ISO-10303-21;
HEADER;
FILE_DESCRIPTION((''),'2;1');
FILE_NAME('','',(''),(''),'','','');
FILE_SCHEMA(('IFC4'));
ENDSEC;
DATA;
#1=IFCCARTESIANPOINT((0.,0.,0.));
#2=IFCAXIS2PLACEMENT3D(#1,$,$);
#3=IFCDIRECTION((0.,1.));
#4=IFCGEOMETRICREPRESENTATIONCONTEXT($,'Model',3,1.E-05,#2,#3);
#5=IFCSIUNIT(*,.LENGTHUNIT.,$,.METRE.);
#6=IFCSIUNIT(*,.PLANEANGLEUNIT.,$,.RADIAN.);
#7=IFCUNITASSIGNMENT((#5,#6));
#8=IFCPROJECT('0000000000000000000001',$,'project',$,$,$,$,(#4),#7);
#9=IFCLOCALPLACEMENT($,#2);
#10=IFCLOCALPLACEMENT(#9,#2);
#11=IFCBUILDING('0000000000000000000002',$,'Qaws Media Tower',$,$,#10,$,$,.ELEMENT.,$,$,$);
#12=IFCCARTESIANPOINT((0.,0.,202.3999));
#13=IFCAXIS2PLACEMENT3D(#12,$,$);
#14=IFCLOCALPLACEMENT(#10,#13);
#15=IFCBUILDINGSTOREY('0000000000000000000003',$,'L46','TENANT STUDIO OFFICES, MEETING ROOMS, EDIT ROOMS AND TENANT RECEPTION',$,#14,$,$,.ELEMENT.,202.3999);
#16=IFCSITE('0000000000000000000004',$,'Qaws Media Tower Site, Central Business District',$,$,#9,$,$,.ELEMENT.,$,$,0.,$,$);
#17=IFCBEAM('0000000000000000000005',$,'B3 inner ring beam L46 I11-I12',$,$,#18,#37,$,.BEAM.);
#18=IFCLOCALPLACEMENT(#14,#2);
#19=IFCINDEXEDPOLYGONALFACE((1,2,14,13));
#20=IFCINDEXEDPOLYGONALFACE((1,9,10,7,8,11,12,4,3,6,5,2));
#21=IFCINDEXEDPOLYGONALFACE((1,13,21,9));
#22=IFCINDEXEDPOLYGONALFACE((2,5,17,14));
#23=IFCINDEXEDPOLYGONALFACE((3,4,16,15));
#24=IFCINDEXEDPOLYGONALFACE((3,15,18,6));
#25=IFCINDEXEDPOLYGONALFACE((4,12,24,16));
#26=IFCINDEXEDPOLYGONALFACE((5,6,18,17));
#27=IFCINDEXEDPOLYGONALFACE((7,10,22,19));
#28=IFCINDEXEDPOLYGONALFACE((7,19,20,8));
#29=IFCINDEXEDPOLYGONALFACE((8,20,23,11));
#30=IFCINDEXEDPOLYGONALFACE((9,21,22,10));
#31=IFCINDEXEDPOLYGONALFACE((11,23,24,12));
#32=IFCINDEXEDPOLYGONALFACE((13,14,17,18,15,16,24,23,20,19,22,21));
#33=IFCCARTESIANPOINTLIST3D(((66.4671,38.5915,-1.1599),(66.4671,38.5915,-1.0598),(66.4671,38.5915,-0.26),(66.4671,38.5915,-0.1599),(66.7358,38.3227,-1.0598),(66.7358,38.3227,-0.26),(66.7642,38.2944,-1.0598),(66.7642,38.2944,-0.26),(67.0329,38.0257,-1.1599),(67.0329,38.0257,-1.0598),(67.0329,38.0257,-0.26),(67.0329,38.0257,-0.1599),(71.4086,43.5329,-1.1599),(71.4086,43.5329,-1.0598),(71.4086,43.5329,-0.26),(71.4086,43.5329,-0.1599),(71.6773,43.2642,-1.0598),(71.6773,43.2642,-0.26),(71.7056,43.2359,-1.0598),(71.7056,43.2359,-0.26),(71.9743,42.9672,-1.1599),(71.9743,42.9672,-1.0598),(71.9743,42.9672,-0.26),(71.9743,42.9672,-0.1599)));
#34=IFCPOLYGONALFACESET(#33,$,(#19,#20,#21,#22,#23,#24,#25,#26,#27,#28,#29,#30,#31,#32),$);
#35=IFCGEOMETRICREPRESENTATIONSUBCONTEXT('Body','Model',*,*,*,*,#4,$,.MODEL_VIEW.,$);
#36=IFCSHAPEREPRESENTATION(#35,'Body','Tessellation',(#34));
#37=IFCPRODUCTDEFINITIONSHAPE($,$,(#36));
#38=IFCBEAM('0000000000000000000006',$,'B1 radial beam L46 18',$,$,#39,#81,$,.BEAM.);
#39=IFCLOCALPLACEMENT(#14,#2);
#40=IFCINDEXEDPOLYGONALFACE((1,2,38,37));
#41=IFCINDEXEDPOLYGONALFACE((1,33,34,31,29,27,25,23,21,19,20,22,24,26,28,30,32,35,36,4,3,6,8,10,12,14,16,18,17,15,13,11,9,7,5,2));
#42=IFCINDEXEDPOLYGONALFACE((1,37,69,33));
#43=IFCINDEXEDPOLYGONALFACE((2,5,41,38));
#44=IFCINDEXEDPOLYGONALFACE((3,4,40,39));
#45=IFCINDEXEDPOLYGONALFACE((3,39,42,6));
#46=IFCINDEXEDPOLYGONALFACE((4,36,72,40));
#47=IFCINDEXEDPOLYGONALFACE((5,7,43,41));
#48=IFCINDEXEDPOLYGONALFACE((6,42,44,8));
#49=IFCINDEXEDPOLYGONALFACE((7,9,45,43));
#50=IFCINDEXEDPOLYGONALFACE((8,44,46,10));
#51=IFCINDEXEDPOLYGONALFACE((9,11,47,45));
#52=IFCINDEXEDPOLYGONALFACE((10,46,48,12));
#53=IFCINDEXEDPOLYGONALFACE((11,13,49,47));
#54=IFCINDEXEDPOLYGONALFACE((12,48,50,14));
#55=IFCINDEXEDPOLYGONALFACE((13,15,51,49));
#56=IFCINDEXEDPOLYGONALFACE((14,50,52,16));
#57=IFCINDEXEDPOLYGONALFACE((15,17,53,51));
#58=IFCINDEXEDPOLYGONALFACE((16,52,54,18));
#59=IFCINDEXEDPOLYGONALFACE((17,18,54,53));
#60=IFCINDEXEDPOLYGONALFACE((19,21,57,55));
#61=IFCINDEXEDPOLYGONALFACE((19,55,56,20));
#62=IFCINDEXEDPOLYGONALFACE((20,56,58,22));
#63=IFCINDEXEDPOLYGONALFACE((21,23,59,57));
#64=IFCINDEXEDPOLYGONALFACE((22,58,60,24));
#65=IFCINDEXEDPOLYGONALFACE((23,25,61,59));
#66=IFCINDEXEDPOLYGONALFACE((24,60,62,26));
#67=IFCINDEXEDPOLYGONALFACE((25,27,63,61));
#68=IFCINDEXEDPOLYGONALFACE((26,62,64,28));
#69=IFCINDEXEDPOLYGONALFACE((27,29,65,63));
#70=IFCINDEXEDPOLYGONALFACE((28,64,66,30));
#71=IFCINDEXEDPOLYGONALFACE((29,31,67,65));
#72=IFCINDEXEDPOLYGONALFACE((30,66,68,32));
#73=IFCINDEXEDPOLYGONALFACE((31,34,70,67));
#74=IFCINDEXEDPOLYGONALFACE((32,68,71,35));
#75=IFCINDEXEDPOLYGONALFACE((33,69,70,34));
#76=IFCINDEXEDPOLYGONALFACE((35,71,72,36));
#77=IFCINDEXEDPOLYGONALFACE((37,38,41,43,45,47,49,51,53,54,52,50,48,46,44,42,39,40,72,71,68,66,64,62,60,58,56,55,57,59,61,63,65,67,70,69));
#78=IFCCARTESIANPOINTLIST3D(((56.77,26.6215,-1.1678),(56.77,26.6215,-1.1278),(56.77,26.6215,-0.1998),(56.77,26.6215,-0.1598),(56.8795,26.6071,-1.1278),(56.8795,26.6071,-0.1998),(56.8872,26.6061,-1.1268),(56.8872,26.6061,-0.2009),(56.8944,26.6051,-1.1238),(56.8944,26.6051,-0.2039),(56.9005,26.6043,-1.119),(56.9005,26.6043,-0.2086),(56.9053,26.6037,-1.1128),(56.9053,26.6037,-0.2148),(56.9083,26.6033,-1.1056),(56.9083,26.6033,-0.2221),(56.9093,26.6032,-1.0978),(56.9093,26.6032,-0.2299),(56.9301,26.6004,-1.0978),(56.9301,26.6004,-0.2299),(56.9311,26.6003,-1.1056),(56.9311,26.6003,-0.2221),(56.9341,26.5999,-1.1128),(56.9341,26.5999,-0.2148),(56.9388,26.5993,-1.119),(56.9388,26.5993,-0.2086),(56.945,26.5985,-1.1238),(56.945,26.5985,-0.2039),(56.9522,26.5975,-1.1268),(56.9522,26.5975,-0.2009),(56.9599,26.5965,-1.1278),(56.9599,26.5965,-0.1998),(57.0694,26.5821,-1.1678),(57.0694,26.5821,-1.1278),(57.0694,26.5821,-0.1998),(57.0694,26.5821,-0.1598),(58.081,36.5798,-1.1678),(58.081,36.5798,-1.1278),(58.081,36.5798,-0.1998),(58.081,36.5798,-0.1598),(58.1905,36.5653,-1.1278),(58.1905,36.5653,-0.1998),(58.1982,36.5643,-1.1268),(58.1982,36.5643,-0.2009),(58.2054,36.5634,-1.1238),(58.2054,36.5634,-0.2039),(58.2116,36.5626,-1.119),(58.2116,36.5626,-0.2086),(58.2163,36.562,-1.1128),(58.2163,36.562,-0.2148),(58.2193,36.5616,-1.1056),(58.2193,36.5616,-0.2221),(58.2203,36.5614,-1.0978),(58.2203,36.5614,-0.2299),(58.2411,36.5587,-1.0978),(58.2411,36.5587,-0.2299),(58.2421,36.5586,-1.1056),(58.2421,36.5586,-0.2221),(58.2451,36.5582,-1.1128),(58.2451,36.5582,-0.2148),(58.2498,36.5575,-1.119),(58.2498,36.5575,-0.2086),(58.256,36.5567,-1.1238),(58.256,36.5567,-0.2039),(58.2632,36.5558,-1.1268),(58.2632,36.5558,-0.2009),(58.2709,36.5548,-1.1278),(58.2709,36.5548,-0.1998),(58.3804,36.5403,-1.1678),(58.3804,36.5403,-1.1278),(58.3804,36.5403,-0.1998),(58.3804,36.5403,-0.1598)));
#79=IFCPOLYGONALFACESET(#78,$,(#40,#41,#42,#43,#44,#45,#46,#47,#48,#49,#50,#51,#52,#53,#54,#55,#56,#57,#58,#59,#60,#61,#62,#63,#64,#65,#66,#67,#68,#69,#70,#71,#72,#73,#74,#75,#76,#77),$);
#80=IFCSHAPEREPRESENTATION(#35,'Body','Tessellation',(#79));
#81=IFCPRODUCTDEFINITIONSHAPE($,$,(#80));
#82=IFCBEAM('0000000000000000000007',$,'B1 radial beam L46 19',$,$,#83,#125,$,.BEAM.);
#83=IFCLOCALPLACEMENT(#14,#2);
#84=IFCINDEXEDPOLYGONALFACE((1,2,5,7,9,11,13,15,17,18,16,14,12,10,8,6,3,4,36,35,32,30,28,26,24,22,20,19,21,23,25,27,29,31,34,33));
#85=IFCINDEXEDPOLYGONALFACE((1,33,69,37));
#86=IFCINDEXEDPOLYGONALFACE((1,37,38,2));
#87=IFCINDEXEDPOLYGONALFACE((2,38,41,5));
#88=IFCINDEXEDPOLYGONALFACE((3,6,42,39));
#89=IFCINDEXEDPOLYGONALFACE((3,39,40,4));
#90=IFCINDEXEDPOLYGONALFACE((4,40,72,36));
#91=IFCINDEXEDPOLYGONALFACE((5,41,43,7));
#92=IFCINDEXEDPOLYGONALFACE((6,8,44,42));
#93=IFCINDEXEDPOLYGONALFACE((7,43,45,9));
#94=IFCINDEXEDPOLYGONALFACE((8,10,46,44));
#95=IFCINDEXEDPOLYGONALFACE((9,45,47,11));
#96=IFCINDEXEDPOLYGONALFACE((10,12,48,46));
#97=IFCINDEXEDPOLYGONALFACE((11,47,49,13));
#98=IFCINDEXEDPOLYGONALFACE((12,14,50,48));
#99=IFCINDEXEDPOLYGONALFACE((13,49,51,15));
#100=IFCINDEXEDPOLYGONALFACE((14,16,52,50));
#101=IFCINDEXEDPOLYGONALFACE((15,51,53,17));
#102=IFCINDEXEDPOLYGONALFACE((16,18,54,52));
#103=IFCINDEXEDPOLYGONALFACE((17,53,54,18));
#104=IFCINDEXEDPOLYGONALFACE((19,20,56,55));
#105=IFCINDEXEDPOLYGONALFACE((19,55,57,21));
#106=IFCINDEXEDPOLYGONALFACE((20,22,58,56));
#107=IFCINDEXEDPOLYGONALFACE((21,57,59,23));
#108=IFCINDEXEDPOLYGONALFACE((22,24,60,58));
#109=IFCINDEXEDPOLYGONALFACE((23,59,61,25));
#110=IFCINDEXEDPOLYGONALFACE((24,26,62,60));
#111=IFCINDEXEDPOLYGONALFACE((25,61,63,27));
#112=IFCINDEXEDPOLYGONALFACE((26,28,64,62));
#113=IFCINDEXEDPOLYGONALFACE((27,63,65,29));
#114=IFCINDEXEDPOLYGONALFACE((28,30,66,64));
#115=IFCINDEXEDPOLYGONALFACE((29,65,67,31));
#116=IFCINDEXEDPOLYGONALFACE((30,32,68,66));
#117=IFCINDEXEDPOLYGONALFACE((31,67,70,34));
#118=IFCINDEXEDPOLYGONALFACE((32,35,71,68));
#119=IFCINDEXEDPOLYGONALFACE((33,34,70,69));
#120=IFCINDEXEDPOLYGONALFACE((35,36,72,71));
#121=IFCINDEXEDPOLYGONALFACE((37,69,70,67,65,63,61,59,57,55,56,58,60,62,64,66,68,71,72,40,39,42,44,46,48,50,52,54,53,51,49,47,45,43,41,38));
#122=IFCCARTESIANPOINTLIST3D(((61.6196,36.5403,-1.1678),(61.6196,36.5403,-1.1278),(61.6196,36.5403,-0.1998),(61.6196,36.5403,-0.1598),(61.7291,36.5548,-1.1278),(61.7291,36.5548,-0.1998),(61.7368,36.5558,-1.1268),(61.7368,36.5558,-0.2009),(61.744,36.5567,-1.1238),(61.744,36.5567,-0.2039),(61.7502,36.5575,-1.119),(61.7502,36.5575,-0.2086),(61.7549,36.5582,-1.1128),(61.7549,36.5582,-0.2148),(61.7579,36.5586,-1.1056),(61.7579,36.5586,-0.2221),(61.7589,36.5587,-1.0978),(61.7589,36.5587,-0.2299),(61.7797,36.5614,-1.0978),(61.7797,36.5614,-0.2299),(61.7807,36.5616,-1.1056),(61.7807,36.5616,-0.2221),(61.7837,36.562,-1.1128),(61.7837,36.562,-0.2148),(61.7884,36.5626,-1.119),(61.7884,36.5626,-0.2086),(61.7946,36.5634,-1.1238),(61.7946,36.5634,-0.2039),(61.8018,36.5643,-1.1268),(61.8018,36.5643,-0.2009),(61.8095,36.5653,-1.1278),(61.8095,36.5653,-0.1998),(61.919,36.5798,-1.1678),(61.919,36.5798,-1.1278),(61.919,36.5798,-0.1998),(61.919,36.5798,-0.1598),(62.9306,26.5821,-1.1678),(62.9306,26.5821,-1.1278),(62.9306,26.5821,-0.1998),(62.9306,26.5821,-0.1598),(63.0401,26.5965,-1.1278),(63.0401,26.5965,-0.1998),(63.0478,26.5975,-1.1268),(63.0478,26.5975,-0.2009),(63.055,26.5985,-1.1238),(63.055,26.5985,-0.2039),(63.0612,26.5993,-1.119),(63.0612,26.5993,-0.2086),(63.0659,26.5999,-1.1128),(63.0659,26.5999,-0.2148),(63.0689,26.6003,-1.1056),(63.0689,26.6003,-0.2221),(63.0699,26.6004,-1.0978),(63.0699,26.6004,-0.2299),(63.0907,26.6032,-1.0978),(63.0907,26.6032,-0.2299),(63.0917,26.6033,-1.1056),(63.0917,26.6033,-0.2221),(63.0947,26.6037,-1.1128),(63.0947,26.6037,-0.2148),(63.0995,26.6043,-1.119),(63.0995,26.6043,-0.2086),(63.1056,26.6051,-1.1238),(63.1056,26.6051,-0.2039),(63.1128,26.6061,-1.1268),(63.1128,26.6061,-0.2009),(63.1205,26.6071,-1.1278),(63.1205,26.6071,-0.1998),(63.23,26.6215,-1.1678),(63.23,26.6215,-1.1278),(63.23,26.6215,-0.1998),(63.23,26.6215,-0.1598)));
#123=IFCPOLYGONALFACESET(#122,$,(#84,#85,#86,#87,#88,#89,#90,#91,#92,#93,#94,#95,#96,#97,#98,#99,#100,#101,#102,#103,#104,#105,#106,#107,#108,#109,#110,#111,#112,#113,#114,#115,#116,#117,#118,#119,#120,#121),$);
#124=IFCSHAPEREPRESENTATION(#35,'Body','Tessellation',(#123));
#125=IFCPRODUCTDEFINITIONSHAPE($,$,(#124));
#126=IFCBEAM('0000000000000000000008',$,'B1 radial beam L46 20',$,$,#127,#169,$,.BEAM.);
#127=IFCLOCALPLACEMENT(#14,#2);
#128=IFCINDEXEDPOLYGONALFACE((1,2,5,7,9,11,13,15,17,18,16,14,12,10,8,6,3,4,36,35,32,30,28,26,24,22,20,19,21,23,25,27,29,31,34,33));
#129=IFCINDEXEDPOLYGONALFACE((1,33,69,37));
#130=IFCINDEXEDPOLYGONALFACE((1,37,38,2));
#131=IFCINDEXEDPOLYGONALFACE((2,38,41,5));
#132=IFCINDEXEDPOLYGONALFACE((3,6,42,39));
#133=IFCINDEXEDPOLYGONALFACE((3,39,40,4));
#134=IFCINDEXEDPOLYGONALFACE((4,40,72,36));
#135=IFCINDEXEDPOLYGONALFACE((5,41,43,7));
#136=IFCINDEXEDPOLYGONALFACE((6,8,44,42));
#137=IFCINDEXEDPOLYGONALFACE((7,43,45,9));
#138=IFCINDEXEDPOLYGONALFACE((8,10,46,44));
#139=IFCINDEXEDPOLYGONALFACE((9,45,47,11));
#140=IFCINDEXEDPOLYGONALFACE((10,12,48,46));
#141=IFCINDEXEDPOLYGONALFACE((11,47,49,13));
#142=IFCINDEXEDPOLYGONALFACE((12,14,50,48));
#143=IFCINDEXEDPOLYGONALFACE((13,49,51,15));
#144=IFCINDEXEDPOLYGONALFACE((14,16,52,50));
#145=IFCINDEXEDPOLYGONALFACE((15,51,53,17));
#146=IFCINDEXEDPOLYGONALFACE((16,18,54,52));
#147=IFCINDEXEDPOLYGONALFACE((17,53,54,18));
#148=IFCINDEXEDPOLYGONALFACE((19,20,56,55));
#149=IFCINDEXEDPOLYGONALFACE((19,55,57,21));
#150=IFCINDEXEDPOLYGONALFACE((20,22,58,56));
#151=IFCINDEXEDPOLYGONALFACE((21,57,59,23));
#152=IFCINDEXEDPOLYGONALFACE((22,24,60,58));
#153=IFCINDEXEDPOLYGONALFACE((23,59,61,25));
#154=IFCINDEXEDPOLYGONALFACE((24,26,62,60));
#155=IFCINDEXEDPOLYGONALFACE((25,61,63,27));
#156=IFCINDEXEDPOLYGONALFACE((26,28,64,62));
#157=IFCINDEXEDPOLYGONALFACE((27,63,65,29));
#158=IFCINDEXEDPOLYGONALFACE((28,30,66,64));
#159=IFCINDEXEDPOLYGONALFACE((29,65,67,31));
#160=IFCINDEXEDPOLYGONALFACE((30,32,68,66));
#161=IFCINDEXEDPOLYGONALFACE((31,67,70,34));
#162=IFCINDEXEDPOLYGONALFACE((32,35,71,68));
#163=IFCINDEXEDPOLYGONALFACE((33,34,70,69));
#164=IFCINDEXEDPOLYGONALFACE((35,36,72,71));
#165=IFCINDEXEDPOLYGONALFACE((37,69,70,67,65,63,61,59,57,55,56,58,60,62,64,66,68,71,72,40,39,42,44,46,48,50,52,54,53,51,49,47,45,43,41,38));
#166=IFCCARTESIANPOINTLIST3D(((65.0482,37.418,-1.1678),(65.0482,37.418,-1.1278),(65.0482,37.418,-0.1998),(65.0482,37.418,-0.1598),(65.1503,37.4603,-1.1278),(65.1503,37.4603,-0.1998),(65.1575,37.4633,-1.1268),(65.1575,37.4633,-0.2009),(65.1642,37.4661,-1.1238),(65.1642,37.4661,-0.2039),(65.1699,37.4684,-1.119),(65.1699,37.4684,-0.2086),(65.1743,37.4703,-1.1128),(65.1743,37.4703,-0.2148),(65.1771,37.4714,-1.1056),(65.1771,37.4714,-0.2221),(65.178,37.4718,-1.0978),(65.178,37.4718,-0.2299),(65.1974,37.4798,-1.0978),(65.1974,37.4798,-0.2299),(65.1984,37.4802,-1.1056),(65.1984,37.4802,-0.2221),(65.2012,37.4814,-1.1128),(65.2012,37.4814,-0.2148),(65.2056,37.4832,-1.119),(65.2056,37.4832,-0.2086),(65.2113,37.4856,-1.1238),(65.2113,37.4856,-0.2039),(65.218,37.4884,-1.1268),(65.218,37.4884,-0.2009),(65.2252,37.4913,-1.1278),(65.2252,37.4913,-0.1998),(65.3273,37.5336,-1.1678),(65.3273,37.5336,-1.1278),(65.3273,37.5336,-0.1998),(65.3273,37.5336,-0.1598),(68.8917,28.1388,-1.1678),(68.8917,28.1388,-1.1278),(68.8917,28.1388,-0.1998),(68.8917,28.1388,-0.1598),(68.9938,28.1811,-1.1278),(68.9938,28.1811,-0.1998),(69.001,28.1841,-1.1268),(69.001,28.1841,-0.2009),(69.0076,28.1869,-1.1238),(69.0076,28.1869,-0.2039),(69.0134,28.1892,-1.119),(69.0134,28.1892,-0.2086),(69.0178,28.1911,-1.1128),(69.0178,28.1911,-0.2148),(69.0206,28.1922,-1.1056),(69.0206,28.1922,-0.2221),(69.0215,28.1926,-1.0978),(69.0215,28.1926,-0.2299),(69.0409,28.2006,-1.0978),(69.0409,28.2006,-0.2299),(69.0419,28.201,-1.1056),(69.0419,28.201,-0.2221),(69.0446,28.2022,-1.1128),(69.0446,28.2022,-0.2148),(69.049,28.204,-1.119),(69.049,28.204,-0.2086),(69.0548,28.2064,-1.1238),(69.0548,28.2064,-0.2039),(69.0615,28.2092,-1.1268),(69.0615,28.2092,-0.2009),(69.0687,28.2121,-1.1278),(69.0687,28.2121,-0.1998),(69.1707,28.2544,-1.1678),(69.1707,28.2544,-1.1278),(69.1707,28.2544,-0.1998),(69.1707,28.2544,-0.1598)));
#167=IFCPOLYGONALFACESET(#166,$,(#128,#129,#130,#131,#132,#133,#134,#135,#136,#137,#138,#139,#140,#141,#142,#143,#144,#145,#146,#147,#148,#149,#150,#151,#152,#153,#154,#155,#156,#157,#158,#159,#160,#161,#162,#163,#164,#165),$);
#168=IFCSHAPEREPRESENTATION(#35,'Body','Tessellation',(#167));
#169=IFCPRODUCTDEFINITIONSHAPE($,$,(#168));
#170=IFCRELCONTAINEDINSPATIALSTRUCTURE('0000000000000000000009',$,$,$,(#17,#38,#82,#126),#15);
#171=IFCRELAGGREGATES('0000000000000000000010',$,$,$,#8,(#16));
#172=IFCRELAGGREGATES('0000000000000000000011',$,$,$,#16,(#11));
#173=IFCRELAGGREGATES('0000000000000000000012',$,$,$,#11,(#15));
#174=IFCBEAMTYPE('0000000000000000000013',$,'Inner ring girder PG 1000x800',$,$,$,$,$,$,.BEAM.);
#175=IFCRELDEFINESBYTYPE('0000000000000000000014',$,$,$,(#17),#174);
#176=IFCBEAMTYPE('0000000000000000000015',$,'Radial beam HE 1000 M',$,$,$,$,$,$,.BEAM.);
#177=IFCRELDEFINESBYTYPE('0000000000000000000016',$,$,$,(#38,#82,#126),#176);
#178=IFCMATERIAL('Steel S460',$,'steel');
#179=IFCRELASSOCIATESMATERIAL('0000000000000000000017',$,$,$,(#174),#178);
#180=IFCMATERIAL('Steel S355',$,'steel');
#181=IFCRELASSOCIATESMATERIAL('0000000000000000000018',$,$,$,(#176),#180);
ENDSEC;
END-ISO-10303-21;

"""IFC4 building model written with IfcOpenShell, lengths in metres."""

from ifc_helpers import new_model, si_unit, direction, frame, origin, origin_2d, place, context, subcontext, project, spatial, i_section, extrude, material, material_profile, profile_set, type_object, element, save


model = new_model("IFC4")

# Units and contexts
model_context = context("Model", 3, precision=1e-05, world=origin(), true_north=direction((0.0, 1.0)))
body_context = subcontext(model_context, "Body", "Model", "MODEL_VIEW")
ifc_project = project(units=[si_unit("LENGTHUNIT", "METRE"), si_unit("PLANEANGLEUNIT", "RADIAN")], contexts=[model_context])

# Site, building, storey
site_placement = place(None, origin())
site = spatial("IfcSite", under=ifc_project, at=site_placement, Name="Qaws Media Tower Site, Central Business District", CompositionType="ELEMENT", RefElevation=0.0)
building_placement = place(site_placement, origin())
building = spatial("IfcBuilding", under=site, at=building_placement, Name="Qaws Media Tower", CompositionType="ELEMENT")
storey_placement = place(building_placement, frame((0.0, 0.0, 202.3999)))
storey = spatial("IfcBuildingStorey", under=building, at=storey_placement, Name="L46", Description="TENANT STUDIO OFFICES, MEETING ROOMS, EDIT ROOMS AND TENANT RECEPTION", CompositionType="ELEMENT", Elevation=202.3999)

# Beams
ifc_material_1 = material(Name="Steel S460", Category="steel")
ifc_material_profile_1 = material_profile(ifc_material_1, i_section(OverallWidth=0.8, OverallDepth=1.0, WebThickness=0.04, FlangeThickness=0.1001, at=origin_2d()), Name="PG 1000x800")
ifc_profile_set_1 = profile_set([ifc_material_profile_1], Name="Steel S460")
beam_type_1 = type_object("IfcBeamType", Name="Inner ring girder PG 1000x800", PredefinedType="BEAM", material=ifc_profile_set_1)
beam_1_placement = place(storey_placement, frame((66.75, 38.3086, -0.6599), z_axis=(0.707107, 0.707107, 0.0), x_axis=(-0.707107, 0.707107, 0.0)))
element("IfcBeam", 1, at=beam_1_placement, inside=storey, type_object=beam_type_1, Name="B3 inner ring beam L46 I11-I12", PredefinedType="BEAM", context=body_context, shape_type="SweptSolid", body=[
    extrude(i_section(OverallWidth=0.8, OverallDepth=1.0, WebThickness=0.04, FlangeThickness=0.1001, at=origin_2d()), origin(), (0.0, 0.0, 1.0), 6.9883),
])
ifc_material_2 = material(Name="Steel S355", Category="steel")
ifc_material_profile_2 = material_profile(ifc_material_2, i_section(OverallWidth=0.302, OverallDepth=1.0081, WebThickness=0.021, FlangeThickness=0.04, FilletRadius=0.03, at=origin_2d()), Name="HE 1000 M")
ifc_profile_set_2 = profile_set([ifc_material_profile_2], Name="Steel S355")
beam_type_2 = type_object("IfcBeamType", Name="Radial beam HE 1000 M", PredefinedType="BEAM", material=ifc_profile_set_2)
for number, where, z_axis, x_axis, name in (
    (2, (58.2307, 36.5601, -0.6638), (-0.130527, -0.991445, 0.0), (0.991445, -0.130527, 0.0), "B1 radial beam L46 18"),
    (3, (61.7693, 36.5601, -0.6638), (0.130527, -0.991445, 0.0), (0.991445, 0.130527, 0.0), "B1 radial beam L46 19"),
):
    element("IfcBeam", number, at=place(storey_placement, frame(where, z_axis=z_axis, x_axis=x_axis)), inside=storey, type_object=beam_type_2, Name=name, PredefinedType="BEAM", context=body_context, shape_type="SweptSolid", body=[
        extrude(i_section(OverallWidth=0.302, OverallDepth=1.0081, WebThickness=0.021, FlangeThickness=0.04, FilletRadius=0.03, at=origin_2d()), origin(), (0.0, 0.0, 1.0), 10.0442),
    ])
beam_2_placement = place(storey_placement, frame((65.1877, 37.4758, -0.6638), z_axis=(0.382675, -0.923883, 0.0), x_axis=(0.923883, 0.382675, 0.0)))
element("IfcBeam", 4, at=beam_2_placement, inside=storey, type_object=beam_type_2, Name="B1 radial beam L46 20", PredefinedType="BEAM", context=body_context, shape_type="SweptSolid", body=[
    extrude(i_section(OverallWidth=0.302, OverallDepth=1.0081, WebThickness=0.021, FlangeThickness=0.04, FilletRadius=0.03, at=origin_2d()), origin(), (0.0, 0.0, 1.0), 10.0437),
])

save(model, "model.ifc")
